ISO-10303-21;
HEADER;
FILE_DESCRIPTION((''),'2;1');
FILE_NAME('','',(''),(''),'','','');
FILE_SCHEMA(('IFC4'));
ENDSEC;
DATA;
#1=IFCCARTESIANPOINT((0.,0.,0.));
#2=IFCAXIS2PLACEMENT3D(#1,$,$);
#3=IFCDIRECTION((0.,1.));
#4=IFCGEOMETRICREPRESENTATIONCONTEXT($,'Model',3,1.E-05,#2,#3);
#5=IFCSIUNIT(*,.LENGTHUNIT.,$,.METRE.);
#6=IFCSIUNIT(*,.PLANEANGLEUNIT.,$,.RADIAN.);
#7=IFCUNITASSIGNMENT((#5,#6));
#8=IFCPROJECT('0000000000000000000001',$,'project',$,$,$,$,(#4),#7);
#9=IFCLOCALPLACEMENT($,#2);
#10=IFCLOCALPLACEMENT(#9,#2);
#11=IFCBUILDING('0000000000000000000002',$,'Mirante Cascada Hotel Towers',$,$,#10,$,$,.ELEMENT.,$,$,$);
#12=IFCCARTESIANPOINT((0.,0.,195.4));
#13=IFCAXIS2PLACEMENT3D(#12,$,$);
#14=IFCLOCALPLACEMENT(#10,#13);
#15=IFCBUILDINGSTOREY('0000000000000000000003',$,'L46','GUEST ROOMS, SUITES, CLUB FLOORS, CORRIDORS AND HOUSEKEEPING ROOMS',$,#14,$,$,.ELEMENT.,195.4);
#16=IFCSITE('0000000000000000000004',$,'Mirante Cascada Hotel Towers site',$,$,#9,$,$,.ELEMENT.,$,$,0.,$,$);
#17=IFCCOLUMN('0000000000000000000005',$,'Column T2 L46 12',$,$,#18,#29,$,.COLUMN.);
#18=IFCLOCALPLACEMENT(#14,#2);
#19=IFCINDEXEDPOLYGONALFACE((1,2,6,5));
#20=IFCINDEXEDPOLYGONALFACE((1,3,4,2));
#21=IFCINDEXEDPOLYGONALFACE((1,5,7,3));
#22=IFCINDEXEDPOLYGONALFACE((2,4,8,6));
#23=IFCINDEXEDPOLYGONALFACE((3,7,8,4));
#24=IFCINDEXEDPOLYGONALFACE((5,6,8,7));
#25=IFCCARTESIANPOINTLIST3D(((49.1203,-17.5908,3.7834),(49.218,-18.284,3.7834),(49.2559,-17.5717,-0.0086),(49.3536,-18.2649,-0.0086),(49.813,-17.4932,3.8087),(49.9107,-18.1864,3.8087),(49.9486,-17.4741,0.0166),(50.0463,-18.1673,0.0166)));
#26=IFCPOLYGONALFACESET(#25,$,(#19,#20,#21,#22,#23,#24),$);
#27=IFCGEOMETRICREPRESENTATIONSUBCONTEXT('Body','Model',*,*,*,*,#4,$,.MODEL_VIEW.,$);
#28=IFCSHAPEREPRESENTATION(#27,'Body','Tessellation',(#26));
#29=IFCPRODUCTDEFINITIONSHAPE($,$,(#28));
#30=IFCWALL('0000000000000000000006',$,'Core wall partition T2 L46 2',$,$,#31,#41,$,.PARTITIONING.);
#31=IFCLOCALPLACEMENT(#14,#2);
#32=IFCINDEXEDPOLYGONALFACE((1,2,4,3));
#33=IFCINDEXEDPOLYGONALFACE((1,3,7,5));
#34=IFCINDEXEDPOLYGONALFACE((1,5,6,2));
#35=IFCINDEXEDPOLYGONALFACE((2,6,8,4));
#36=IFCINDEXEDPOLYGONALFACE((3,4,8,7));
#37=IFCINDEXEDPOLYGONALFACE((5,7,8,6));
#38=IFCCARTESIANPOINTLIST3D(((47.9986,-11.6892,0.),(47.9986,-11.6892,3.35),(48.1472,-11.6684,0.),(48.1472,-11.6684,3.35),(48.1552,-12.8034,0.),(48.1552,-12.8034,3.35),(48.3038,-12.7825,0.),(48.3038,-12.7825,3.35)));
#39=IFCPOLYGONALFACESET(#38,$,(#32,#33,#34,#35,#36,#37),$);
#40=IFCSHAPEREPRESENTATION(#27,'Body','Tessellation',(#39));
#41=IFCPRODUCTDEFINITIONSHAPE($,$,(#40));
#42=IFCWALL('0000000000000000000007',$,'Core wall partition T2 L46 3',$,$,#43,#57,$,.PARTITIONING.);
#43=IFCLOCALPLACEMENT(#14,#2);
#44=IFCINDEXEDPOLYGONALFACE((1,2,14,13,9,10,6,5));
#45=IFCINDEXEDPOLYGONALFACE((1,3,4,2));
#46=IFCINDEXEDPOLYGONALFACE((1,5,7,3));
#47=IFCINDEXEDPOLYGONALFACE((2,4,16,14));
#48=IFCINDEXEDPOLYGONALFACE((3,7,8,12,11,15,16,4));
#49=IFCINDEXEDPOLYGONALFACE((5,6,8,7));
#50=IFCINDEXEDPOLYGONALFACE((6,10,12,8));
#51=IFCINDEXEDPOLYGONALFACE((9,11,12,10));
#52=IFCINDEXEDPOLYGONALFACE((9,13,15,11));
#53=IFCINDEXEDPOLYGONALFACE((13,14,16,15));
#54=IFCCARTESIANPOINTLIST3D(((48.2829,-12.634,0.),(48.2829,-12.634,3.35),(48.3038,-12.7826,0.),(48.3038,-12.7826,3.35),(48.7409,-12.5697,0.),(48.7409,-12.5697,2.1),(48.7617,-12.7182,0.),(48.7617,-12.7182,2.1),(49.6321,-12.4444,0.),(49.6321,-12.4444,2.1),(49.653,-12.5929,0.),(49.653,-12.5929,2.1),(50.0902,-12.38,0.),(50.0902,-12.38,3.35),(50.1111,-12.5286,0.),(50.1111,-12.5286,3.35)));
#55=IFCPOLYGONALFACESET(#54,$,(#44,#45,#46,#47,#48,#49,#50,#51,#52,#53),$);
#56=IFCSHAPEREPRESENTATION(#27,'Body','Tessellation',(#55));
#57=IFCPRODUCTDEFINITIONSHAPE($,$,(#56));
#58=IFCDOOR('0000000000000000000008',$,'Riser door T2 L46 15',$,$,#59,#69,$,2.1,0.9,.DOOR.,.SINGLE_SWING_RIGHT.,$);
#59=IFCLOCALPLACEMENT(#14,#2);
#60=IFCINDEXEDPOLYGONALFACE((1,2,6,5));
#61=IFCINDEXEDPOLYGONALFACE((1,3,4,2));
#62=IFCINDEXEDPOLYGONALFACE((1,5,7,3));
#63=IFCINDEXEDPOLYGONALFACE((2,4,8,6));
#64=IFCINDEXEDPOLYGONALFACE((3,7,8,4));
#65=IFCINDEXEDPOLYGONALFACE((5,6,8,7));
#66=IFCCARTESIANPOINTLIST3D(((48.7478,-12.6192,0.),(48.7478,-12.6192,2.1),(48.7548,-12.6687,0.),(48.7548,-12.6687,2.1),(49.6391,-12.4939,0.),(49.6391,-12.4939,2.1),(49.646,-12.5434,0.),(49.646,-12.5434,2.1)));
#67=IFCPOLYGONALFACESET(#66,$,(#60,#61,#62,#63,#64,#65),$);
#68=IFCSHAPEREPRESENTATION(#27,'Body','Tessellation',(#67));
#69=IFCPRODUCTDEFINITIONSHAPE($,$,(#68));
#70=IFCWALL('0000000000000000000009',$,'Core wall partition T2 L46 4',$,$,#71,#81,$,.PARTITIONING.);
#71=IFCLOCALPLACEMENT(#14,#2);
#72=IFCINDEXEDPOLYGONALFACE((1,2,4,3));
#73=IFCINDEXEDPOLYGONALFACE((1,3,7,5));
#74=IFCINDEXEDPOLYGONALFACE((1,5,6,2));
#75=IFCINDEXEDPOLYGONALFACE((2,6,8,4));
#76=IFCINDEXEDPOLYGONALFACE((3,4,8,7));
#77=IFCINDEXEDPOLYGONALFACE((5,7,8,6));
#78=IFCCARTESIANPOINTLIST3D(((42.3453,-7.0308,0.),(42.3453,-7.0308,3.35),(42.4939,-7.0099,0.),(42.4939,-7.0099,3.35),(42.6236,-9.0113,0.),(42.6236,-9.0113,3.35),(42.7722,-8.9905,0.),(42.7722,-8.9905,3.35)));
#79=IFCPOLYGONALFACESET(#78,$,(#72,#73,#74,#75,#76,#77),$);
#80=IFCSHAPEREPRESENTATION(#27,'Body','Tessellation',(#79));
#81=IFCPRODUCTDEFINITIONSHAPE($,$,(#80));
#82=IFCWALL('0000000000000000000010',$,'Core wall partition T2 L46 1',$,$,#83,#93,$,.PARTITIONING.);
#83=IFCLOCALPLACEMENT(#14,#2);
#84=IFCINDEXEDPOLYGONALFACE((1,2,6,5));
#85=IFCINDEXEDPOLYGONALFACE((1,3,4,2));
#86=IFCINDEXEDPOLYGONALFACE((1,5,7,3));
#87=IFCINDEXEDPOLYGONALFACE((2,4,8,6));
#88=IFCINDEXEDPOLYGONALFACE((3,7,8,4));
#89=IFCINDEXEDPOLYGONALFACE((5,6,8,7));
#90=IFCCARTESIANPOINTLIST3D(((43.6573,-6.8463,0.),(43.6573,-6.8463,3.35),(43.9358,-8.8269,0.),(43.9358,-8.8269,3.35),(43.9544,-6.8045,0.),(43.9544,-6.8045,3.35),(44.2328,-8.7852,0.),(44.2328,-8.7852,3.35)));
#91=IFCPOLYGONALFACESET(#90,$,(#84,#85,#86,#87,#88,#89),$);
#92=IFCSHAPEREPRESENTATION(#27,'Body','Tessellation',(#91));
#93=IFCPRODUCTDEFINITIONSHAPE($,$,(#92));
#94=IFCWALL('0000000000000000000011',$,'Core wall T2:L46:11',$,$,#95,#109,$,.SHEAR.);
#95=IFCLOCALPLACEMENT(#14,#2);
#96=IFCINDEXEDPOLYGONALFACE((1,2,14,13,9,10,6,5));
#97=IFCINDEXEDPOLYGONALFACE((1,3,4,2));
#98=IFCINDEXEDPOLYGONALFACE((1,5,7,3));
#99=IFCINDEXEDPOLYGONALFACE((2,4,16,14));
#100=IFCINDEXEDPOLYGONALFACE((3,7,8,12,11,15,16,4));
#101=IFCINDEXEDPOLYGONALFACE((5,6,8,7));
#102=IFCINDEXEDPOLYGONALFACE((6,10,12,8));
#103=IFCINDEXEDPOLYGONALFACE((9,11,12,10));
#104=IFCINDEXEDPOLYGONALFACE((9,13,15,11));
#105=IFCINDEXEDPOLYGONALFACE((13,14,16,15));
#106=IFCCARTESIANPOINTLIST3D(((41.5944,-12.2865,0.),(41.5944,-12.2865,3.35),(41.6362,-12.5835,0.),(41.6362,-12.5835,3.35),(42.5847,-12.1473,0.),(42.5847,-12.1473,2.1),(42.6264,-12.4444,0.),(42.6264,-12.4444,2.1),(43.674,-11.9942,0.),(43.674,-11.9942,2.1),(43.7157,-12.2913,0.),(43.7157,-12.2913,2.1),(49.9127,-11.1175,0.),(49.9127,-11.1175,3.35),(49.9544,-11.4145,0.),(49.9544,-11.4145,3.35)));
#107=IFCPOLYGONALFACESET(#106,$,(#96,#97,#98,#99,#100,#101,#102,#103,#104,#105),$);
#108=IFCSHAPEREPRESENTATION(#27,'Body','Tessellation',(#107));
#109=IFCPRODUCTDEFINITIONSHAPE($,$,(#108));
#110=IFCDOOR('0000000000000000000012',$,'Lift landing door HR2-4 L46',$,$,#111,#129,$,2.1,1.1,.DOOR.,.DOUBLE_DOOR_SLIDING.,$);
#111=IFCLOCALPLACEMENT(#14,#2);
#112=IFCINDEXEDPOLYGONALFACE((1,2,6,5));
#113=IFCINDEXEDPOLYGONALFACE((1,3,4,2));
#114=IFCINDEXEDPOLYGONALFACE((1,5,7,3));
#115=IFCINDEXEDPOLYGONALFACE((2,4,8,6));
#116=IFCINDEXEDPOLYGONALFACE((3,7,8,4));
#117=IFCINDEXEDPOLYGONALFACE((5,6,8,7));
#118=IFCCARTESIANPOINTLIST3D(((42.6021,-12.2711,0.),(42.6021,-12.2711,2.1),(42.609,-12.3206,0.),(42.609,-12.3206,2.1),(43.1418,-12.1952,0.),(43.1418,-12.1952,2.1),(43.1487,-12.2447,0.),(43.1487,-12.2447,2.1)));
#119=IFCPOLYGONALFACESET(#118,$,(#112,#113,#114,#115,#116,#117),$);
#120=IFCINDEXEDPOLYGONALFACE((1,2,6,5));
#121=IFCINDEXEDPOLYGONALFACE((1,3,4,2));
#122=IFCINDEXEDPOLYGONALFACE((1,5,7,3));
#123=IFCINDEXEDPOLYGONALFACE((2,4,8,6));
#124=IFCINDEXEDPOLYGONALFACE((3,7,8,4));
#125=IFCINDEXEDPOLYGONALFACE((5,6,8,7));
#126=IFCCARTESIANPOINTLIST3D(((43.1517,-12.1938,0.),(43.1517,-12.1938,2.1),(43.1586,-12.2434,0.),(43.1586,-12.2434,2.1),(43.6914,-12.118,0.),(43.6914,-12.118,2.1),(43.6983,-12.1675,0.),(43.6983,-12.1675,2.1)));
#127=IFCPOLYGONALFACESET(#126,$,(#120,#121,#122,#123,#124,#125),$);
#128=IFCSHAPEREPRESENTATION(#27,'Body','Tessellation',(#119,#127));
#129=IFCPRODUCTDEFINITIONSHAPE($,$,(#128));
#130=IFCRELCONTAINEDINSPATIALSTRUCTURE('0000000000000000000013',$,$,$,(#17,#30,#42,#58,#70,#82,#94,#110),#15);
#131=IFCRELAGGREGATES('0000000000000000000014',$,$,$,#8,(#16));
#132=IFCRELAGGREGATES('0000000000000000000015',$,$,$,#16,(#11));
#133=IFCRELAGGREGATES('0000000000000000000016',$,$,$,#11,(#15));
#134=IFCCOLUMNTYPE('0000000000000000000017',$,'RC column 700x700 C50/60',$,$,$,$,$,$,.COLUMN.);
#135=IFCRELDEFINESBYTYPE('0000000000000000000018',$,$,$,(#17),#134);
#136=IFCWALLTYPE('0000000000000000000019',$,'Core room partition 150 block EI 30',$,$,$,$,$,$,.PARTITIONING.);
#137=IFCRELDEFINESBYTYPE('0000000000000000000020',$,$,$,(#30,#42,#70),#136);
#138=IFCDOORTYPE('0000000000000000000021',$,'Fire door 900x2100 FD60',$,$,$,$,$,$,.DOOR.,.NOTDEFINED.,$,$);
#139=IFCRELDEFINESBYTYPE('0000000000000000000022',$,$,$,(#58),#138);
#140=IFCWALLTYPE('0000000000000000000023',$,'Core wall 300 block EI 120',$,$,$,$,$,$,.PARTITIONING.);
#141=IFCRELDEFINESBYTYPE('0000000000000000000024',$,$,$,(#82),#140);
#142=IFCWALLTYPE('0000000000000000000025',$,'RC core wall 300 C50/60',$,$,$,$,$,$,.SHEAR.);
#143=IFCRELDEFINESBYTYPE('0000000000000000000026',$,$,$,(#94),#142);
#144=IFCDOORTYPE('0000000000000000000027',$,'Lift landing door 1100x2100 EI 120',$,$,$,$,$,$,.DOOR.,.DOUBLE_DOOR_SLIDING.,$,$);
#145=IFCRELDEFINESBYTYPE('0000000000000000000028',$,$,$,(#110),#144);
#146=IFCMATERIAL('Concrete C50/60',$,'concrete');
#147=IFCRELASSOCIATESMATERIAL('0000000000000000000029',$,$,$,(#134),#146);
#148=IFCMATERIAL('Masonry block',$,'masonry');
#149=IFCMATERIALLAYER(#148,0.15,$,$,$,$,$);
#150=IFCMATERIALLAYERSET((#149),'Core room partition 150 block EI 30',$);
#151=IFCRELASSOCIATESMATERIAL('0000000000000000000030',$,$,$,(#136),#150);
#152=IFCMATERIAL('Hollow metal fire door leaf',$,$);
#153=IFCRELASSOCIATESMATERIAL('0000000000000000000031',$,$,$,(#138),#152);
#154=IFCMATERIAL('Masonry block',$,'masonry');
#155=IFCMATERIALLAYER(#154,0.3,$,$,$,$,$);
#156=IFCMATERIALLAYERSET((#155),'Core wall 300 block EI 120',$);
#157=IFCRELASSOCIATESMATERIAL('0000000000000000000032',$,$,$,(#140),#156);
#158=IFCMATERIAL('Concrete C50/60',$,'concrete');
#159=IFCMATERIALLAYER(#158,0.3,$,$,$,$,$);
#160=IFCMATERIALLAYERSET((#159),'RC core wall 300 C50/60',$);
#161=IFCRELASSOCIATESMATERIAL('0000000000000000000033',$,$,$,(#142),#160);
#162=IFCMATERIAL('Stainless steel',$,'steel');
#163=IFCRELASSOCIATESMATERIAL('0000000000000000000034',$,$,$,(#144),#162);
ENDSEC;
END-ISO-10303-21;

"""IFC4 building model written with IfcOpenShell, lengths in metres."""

from ifc_helpers import new_model, si_unit, direction, frame, frame_2d, origin, origin_2d, place, context, subcontext, project, spatial, rectangle, extrude, material, layer, layer_set, material_profile, profile_set, type_object, element, fill, save


model = new_model("IFC4")

# Units and contexts
model_context = context("Model", 3, precision=1e-05, world=origin(), true_north=direction((0.0, 1.0)))
body_context = subcontext(model_context, "Body", "Model", "MODEL_VIEW")
ifc_project = project(units=[si_unit("LENGTHUNIT", "METRE"), si_unit("PLANEANGLEUNIT", "RADIAN")], contexts=[model_context])

# Site, building, storey
site_placement = place(None, origin())
site = spatial("IfcSite", under=ifc_project, at=site_placement, Name="Mirante Cascada Hotel Towers site", CompositionType="ELEMENT", RefElevation=0.0)
building_placement = place(site_placement, origin())
building = spatial("IfcBuilding", under=site, at=building_placement, Name="Mirante Cascada Hotel Towers", CompositionType="ELEMENT")
storey_placement = place(building_placement, frame((0.0, 0.0, 195.4)))
storey = spatial("IfcBuildingStorey", under=building, at=storey_placement, Name="L46", Description="GUEST ROOMS, SUITES, CLUB FLOORS, CORRIDORS AND HOUSEKEEPING ROOMS", CompositionType="ELEMENT", Elevation=195.4)

# Column
ifc_material_1 = material(Name="Concrete C50/60", Category="concrete")
ifc_material_profile = material_profile(ifc_material_1, rectangle(XDim=0.7, YDim=0.7, at=origin_2d()), Name="RC column 700x700 C50/60")
ifc_profile_set = profile_set([ifc_material_profile], Name="Concrete C50/60")
column_type = type_object("IfcColumnType", Name="RC column 700x700 C50/60", PredefinedType="COLUMN", material=ifc_profile_set)
column_placement = place(storey_placement, frame((49.6511, -17.8695, 0.004), z_axis=(-0.035736, -0.005034, 0.999349), x_axis=(0.139479, -0.990225, 0.0)))
element("IfcColumn", 1, at=column_placement, inside=storey, type_object=column_type, Name="Column T2 L46 12", PredefinedType="COLUMN", context=body_context, shape_type="SweptSolid", body=[
    extrude(rectangle(XDim=0.7, YDim=0.7, at=origin_2d()), origin(), (0.0, 0.0, 1.0), 3.7945),
])

# Wall
ifc_material_2 = material(Name="Masonry block", Category="masonry")
ifc_layer_1 = layer(ifc_material_2, 0.15)
ifc_layer_set_1 = layer_set([ifc_layer_1], Name="Core room partition 150 block EI 30")
wall_type_1 = type_object("IfcWallType", Name="Core room partition 150 block EI 30", PredefinedType="PARTITIONING", material=ifc_layer_set_1)
wall_1_placement = place(storey_placement, frame((48.2295, -12.793, 0.0), z_axis=(0.0, 0.0, 1.0), x_axis=(-0.139193, 0.990265, 0.0)))
element("IfcWall", 2, at=wall_1_placement, inside=storey, type_object=wall_type_1, Name="Core wall partition T2 L46 2", PredefinedType="PARTITIONING", context=body_context, shape_type="SweptSolid", body=[
    extrude(rectangle(XDim=1.1251, YDim=0.15, at=frame_2d((0.5626, 0.0))), origin(), (0.0, 0.0, 1.0), 3.35),
])

# Wall, opening, door
wall_2_placement = place(storey_placement, frame((48.2933, -12.7083, 0.0), z_axis=(0.0, 0.0, 1.0), x_axis=(0.990268, 0.139173, 0.0)))
wall_2 = element("IfcWall", 3, at=wall_2_placement, inside=storey, type_object=wall_type_1, Name="Core wall partition T2 L46 3", PredefinedType="PARTITIONING", context=body_context, shape_type="SweptSolid", body=[
    extrude(rectangle(XDim=1.8251, YDim=0.15, at=frame_2d((0.9126, 0.0))), origin(), (0.0, 0.0, 1.0), 3.35),
])
opening_1_placement = place(wall_2_placement, frame((0.4625, 0.0, 0.0)))
opening_1 = element("IfcOpeningElement", 4, at=opening_1_placement, cuts=wall_2, PredefinedType="OPENING", context=body_context, shape_type="SweptSolid", body=[
    extrude(rectangle(XDim=0.9, YDim=2.1, at=frame_2d((0.45, 1.05))), frame((0.0, 0.075, 0.0), z_axis=(0.0, -1.0, 0.0), x_axis=(1.0, 0.0, 0.0)), (0.0, 0.0, 1.0), 0.15),
])
ifc_material_3 = material(Name="Hollow metal fire door leaf")
door_type_1 = type_object("IfcDoorType", Name="Fire door 900x2100 FD60", OperationType="NOTDEFINED", PredefinedType="DOOR", material=ifc_material_3)
door_1_placement = place(opening_1_placement, frame((0.9, 0.0, 0.0), z_axis=(0.0, 0.0, 1.0), x_axis=(-1.0, 0.0, 0.0)))
door_1 = element("IfcDoor", 5, at=door_1_placement, inside=storey, type_object=door_type_1, Name="Riser door T2 L46 15", OperationType="SINGLE_SWING_RIGHT", OverallHeight=2.1, OverallWidth=0.9, PredefinedType="DOOR", context=body_context, shape_type="SweptSolid", body=[
    extrude(rectangle(XDim=0.9, YDim=2.1, at=frame_2d((0.45, 1.05))), frame((0.0, 0.025, 0.0), z_axis=(0.0, -1.0, 0.0), x_axis=(1.0, 0.0, 0.0)), (0.0, 0.0, 1.0), 0.05),
])
fill(opening_1, door_1)

# Walls
wall_3_placement = place(storey_placement, frame((42.6979, -9.0009, 0.0), z_axis=(0.0, 0.0, 1.0), x_axis=(-0.139153, 0.990271, 0.0)))
element("IfcWall", 6, at=wall_3_placement, inside=storey, type_object=wall_type_1, Name="Core wall partition T2 L46 4", PredefinedType="PARTITIONING", context=body_context, shape_type="SweptSolid", body=[
    extrude(rectangle(XDim=2.0, YDim=0.15, at=frame_2d((1.0, 0.0))), origin(), (0.0, 0.0, 1.0), 3.35),
])
ifc_material_4 = material(Name="Masonry block", Category="masonry")
ifc_layer_2 = layer(ifc_material_4, 0.3)
ifc_layer_set_2 = layer_set([ifc_layer_2], Name="Core wall 300 block EI 120")
wall_type_2 = type_object("IfcWallType", Name="Core wall 300 block EI 120", PredefinedType="PARTITIONING", material=ifc_layer_set_2)
wall_4_placement = place(storey_placement, frame((44.0843, -8.8061, 0.0), z_axis=(0.0, 0.0, 1.0), x_axis=(-0.139195, 0.990265, 0.0)))
element("IfcWall", 7, at=wall_4_placement, inside=storey, type_object=wall_type_2, Name="Core wall partition T2 L46 1", PredefinedType="PARTITIONING", context=body_context, shape_type="SweptSolid", body=[
    extrude(rectangle(XDim=2.0001, YDim=0.3, at=frame_2d((1.0001, 0.0))), origin(), (0.0, 0.0, 1.0), 3.35),
])

# Wall, opening, door
ifc_material_5 = material(Name="Concrete C50/60", Category="concrete")
ifc_layer_3 = layer(ifc_material_5, 0.3)
ifc_layer_set_3 = layer_set([ifc_layer_3], Name="RC core wall 300 C50/60")
wall_type_3 = type_object("IfcWallType", Name="RC core wall 300 C50/60", PredefinedType="SHEAR", material=ifc_layer_set_3)
wall_5_placement = place(storey_placement, frame((41.6153, -12.435, 0.0), z_axis=(0.0, 0.0, 1.0), x_axis=(0.990269, 0.139166, 0.0)))
wall_5 = element("IfcWall", 8, at=wall_5_placement, inside=storey, type_object=wall_type_3, Name="Core wall T2:L46:11", PredefinedType="SHEAR", context=body_context, shape_type="SweptSolid", body=[
    extrude(rectangle(XDim=8.4, YDim=0.3, at=frame_2d((4.2, 0.0))), origin(), (0.0, 0.0, 1.0), 3.35),
])
opening_2_placement = place(wall_5_placement, frame((1.0, 0.0, 0.0)))
opening_2 = element("IfcOpeningElement", 9, at=opening_2_placement, cuts=wall_5, PredefinedType="OPENING", context=body_context, shape_type="SweptSolid", body=[
    extrude(rectangle(XDim=1.1, YDim=2.1, at=frame_2d((0.55, 1.05))), frame((0.0, 0.15, 0.0), z_axis=(0.0, -1.0, 0.0), x_axis=(1.0, 0.0, 0.0)), (0.0, 0.0, 1.0), 0.3),
])
ifc_material_6 = material(Name="Stainless steel", Category="steel")
door_type_2 = type_object("IfcDoorType", Name="Lift landing door 1100x2100 EI 120", OperationType="DOUBLE_DOOR_SLIDING", PredefinedType="DOOR", material=ifc_material_6)
door_2_placement = place(opening_2_placement, origin())
door_2 = element("IfcDoor", 10, at=door_2_placement, inside=storey, type_object=door_type_2, Name="Lift landing door HR2-4 L46", OperationType="DOUBLE_DOOR_SLIDING", OverallHeight=2.1, OverallWidth=1.1, PredefinedType="DOOR", context=body_context, shape_type="SweptSolid", body=[
    extrude(rectangle(XDim=0.545, YDim=2.1, at=frame_2d((0.2725, 1.05))), frame((0.0, 0.025, 0.0), z_axis=(0.0, -1.0, 0.0), x_axis=(1.0, 0.0, 0.0)), (0.0, 0.0, 1.0), 0.05),
    extrude(rectangle(XDim=0.545, YDim=2.1, at=frame_2d((0.8275, 1.05))), frame((0.0, 0.025, 0.0), z_axis=(0.0, -1.0, 0.0), x_axis=(1.0, 0.0, 0.0)), (0.0, 0.0, 1.0), 0.05),
])
fill(opening_2, door_2)

save(model, "model.ifc")
